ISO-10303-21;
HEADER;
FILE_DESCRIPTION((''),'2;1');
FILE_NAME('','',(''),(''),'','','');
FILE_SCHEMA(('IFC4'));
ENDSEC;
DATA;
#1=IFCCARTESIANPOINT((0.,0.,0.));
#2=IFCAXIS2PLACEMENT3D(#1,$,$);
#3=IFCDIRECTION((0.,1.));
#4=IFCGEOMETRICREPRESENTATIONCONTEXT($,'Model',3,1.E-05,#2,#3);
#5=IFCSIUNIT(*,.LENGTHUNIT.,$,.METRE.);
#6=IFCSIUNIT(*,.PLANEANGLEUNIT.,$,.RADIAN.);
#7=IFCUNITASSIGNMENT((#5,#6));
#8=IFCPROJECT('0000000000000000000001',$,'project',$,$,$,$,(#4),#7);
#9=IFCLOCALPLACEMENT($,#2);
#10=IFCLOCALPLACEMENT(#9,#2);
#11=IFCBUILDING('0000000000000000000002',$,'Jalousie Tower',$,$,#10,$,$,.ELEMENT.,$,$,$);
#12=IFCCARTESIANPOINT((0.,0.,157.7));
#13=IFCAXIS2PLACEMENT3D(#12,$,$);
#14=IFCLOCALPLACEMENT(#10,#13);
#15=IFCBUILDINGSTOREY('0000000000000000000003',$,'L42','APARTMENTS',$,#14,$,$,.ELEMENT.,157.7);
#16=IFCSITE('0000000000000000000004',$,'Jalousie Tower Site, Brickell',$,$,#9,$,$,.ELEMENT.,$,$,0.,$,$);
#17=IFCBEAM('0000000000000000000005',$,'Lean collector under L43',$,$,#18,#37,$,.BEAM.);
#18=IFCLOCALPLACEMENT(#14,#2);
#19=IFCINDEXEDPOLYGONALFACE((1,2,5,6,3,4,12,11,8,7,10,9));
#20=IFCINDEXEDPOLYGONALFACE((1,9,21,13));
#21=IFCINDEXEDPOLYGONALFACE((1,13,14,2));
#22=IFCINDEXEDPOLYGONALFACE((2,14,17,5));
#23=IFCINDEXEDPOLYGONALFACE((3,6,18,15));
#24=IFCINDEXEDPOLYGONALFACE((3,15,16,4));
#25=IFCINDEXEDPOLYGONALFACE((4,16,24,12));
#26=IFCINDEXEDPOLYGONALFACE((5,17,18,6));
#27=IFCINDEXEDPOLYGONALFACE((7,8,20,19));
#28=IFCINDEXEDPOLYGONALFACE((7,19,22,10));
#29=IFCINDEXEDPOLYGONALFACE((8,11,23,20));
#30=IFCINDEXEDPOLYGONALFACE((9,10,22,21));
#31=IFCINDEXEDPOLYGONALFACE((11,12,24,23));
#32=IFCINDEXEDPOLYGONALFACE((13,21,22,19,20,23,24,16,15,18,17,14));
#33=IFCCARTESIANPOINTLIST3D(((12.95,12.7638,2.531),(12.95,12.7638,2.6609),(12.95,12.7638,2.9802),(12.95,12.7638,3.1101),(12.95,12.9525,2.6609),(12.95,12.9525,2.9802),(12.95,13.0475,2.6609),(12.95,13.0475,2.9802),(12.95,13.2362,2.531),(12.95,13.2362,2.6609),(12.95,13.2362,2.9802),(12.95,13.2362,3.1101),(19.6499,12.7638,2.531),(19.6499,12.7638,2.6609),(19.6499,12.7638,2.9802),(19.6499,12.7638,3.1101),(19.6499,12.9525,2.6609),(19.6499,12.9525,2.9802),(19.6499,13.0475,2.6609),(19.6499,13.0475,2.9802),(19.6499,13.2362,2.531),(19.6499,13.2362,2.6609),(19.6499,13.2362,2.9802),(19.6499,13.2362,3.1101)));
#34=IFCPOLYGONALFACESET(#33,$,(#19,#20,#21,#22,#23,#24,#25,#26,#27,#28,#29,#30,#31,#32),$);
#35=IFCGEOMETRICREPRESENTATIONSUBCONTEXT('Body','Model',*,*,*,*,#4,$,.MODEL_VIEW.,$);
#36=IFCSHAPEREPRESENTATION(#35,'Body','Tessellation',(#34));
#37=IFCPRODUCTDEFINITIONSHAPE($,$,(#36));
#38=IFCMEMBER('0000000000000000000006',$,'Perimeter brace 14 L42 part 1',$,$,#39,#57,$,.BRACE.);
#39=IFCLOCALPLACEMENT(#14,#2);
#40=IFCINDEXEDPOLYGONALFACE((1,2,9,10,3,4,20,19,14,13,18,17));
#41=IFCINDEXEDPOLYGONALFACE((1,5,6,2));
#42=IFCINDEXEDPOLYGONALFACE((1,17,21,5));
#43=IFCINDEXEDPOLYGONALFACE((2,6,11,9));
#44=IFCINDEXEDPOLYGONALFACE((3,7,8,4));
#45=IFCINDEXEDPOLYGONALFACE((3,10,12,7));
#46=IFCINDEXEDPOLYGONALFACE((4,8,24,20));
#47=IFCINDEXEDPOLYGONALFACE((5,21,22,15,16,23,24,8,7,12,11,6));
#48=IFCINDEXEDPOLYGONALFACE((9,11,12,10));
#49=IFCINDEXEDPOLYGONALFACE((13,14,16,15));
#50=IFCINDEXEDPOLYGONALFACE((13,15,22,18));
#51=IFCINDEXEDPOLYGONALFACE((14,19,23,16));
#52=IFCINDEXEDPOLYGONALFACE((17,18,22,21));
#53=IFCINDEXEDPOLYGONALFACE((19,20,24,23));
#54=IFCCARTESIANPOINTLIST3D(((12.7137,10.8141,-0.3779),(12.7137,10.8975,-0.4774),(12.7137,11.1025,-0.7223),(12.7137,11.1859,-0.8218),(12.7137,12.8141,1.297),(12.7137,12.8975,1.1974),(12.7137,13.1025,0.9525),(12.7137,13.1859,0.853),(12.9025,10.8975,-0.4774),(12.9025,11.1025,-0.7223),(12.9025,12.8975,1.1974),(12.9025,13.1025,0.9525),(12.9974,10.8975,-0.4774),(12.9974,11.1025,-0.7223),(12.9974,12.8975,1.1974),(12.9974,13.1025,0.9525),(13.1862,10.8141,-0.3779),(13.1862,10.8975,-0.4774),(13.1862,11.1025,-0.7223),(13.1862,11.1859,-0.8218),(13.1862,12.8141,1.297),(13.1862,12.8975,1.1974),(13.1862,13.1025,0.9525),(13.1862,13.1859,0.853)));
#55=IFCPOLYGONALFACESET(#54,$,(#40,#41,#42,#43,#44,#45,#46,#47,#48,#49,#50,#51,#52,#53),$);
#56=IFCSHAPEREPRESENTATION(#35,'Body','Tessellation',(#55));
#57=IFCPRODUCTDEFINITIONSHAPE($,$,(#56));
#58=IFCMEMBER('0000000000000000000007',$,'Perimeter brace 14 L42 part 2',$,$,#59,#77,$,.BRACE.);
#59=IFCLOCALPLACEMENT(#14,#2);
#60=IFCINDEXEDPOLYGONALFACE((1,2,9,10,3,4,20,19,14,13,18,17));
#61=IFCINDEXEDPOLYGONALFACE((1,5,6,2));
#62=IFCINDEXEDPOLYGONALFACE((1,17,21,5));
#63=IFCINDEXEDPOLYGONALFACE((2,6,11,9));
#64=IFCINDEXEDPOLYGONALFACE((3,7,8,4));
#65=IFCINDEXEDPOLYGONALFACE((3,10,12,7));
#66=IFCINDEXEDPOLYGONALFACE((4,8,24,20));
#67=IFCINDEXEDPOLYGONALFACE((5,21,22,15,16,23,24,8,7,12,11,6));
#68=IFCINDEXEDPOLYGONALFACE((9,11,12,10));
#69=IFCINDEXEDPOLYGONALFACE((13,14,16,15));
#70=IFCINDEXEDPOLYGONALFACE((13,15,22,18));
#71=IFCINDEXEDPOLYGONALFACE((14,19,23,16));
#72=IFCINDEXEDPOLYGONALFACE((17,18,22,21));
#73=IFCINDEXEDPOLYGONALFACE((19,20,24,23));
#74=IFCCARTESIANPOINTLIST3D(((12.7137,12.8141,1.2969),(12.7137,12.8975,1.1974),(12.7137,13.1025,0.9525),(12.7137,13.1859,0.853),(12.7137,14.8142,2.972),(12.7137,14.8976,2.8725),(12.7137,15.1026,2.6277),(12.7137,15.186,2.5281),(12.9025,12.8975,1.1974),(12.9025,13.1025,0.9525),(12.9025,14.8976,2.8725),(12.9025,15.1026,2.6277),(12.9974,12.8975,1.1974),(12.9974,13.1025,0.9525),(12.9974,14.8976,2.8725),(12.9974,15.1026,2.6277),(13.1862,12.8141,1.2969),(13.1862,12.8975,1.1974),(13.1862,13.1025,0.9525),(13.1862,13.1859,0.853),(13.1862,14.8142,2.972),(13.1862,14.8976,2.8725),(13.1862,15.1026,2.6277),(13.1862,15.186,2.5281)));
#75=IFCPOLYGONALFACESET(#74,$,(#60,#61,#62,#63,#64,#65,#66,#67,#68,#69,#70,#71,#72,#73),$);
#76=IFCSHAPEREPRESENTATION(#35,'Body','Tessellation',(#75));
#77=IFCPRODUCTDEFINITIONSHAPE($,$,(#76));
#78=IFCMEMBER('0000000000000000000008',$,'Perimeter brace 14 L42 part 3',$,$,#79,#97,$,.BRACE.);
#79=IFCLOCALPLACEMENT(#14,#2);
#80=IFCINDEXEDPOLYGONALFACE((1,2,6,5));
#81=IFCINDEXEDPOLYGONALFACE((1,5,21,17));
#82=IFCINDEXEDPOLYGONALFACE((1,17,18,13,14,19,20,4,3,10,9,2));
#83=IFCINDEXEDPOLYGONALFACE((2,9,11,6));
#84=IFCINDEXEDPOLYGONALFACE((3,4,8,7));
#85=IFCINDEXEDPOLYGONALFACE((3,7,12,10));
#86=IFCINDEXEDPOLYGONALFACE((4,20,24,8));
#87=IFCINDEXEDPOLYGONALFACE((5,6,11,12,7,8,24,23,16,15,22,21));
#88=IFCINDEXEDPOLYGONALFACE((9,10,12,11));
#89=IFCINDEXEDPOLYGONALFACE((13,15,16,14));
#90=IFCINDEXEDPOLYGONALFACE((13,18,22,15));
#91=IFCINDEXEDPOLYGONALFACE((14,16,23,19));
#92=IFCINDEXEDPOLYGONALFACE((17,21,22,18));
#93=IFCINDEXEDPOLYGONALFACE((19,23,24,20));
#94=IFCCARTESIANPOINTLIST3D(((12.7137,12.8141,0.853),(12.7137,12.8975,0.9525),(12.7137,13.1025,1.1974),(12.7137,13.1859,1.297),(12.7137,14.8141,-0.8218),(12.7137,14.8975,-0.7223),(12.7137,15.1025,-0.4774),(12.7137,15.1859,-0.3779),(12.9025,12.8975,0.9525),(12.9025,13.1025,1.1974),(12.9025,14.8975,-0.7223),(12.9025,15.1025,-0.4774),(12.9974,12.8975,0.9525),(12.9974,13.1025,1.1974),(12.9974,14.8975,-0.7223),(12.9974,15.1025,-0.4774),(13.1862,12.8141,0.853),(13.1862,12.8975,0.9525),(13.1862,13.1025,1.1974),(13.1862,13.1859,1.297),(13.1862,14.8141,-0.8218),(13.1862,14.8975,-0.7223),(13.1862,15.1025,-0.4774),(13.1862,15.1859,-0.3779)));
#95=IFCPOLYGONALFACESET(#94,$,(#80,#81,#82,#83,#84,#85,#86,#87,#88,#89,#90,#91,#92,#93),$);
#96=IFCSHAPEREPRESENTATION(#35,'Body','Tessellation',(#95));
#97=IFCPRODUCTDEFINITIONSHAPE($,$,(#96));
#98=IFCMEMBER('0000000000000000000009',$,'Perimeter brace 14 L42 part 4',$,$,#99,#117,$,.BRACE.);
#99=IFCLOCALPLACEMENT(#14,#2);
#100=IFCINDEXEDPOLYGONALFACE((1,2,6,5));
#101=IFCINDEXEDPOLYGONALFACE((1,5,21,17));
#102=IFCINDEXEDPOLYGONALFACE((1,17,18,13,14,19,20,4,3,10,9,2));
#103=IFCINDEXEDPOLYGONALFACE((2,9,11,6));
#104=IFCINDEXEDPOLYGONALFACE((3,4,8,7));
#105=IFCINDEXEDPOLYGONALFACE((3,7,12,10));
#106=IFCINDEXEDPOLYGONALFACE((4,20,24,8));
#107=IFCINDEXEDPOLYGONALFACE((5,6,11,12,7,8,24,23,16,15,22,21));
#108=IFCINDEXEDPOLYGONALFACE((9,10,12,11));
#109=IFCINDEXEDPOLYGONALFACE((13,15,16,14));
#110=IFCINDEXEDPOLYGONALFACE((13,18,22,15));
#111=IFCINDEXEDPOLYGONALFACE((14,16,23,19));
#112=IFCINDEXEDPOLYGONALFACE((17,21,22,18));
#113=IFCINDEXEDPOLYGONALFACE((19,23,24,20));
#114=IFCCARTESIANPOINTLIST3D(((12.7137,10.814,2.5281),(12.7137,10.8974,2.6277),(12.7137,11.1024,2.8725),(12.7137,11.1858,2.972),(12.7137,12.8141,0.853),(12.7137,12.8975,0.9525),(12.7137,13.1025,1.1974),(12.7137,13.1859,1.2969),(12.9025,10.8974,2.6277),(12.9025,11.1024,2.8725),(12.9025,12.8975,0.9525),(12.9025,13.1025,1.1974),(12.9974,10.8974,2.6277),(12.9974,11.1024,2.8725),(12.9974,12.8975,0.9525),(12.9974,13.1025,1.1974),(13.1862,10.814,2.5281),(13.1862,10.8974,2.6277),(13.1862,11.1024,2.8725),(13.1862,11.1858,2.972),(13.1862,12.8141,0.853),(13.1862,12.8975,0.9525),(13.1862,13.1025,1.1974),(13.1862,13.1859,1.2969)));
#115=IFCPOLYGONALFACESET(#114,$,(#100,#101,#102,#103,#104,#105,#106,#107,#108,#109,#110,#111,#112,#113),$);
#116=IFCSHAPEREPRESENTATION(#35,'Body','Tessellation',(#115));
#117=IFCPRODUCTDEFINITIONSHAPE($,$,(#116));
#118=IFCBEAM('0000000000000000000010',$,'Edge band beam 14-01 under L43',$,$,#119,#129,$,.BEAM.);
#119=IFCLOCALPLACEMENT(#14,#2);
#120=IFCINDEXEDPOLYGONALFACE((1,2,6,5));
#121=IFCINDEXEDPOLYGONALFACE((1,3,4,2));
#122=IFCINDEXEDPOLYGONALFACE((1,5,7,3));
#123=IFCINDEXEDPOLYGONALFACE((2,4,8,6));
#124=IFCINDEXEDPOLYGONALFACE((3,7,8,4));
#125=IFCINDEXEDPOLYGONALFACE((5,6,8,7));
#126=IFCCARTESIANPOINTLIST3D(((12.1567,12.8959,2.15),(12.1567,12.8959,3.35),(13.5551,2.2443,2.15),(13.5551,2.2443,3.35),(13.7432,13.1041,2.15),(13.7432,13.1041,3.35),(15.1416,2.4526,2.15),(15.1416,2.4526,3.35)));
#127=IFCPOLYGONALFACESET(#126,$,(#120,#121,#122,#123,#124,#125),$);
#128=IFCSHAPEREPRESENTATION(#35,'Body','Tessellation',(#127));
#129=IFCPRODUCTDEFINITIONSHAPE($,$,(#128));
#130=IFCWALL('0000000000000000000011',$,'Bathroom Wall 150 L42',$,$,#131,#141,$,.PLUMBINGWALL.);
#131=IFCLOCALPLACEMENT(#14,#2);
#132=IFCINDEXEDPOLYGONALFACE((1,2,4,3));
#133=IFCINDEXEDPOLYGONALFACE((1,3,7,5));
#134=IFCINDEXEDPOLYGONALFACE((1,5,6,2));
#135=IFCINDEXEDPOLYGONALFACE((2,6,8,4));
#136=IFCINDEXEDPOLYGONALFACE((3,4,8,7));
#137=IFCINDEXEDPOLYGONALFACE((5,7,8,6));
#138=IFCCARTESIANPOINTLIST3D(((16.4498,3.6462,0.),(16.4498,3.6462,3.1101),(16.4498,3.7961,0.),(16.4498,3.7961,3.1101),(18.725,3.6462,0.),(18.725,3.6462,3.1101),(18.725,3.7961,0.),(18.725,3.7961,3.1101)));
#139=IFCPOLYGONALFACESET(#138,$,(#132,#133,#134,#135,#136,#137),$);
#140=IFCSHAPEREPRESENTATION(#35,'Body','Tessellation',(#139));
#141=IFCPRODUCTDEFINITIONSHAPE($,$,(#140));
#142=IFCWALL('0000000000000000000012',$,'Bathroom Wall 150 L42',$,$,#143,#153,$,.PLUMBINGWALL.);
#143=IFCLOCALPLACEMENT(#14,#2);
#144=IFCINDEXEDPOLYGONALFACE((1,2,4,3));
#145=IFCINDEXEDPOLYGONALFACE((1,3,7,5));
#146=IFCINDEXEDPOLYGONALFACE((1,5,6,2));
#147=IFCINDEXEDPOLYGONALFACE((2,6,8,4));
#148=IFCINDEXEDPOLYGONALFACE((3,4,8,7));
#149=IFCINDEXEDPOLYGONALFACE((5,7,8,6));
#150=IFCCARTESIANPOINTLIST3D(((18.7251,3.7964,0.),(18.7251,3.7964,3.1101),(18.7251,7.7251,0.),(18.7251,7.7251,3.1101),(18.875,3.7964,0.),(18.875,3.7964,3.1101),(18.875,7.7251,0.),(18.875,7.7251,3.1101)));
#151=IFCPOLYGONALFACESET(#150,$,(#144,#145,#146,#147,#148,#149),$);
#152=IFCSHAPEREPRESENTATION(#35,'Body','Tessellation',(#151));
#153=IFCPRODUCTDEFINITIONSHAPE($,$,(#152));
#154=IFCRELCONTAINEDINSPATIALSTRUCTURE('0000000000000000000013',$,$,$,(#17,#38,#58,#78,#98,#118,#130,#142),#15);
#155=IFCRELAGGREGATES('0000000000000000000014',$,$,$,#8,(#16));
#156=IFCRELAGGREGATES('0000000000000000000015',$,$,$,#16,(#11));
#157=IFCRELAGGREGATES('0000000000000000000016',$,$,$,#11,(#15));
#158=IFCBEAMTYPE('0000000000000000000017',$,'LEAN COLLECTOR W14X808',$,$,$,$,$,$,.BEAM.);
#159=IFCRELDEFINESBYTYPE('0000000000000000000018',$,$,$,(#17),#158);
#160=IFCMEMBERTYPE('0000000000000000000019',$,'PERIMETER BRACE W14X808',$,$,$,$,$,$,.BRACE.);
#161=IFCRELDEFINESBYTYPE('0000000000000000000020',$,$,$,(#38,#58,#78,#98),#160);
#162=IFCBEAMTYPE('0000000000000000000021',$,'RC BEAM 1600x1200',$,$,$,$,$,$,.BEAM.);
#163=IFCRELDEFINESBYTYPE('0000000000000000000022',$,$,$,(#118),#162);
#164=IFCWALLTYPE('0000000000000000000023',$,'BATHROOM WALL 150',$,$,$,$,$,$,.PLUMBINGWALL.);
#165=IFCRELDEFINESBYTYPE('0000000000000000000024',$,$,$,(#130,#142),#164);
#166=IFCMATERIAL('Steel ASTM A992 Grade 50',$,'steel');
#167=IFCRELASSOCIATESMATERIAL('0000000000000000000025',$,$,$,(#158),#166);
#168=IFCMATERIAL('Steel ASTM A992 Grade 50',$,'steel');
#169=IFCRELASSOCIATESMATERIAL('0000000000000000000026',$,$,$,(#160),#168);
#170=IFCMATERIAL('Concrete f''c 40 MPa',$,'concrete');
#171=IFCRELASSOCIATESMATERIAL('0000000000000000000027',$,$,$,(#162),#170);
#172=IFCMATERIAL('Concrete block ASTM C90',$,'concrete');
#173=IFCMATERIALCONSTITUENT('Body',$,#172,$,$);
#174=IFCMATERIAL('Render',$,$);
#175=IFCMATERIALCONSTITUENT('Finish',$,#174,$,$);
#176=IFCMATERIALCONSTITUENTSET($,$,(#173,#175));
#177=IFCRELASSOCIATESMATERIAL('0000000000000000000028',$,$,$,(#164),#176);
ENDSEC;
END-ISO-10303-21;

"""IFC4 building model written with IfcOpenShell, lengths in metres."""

from ifc_helpers import new_model, si_unit, direction, frame, frame_2d, origin, origin_2d, place, context, subcontext, project, spatial, rectangle, i_section, extrude, material, constituent, constituent_set, material_profile, profile_set, type_object, element, save


model = new_model("IFC4")

# Units and contexts
model_context = context("Model", 3, precision=1e-05, world=origin(), true_north=direction((0.0, 1.0)))
body_context = subcontext(model_context, "Body", "Model", "MODEL_VIEW")
ifc_project = project(units=[si_unit("LENGTHUNIT", "METRE"), si_unit("PLANEANGLEUNIT", "RADIAN")], contexts=[model_context])

# Site, building, storey
site_placement = place(None, origin())
site = spatial("IfcSite", under=ifc_project, at=site_placement, Name="Jalousie Tower Site, Brickell", CompositionType="ELEMENT", RefElevation=0.0)
building_placement = place(site_placement, origin())
building = spatial("IfcBuilding", under=site, at=building_placement, Name="Jalousie Tower", CompositionType="ELEMENT")
storey_placement = place(building_placement, frame((0.0, 0.0, 157.7)))
storey = spatial("IfcBuildingStorey", under=building, at=storey_placement, Name="L42", Description="APARTMENTS", CompositionType="ELEMENT", Elevation=157.7)

# Beam
ifc_material_1 = material(Name="Steel ASTM A992 Grade 50", Category="steel")
ifc_material_profile_1 = material_profile(ifc_material_1, i_section(OverallWidth=0.4724, OverallDepth=0.5791, WebThickness=0.095, FlangeThickness=0.1299, at=origin_2d()), Name="W14X808")
ifc_profile_set_1 = profile_set([ifc_material_profile_1], Name="Steel ASTM A992 Grade 50")
beam_type_1 = type_object("IfcBeamType", Name="LEAN COLLECTOR W14X808", PredefinedType="BEAM", material=ifc_profile_set_1)
beam_1_placement = place(storey_placement, frame((12.95, 13.0, 2.8206), z_axis=(1.0, 0.0, 0.0), x_axis=(0.0, 1.0, 0.0)))
element("IfcBeam", 1, at=beam_1_placement, inside=storey, type_object=beam_type_1, Name="Lean collector under L43", PredefinedType="BEAM", context=body_context, shape_type="SweptSolid", body=[
    extrude(i_section(OverallWidth=0.4724, OverallDepth=0.5791, WebThickness=0.095, FlangeThickness=0.1299, at=origin_2d()), origin(), (0.0, 0.0, 1.0), 6.7),
])

# Members
ifc_material_2 = material(Name="Steel ASTM A992 Grade 50", Category="steel")
ifc_material_profile_2 = material_profile(ifc_material_2, i_section(OverallWidth=0.4724, OverallDepth=0.5791, WebThickness=0.095, FlangeThickness=0.1299, at=origin_2d()), Name="W14X808")
ifc_profile_set_2 = profile_set([ifc_material_profile_2], Name="Steel ASTM A992 Grade 50")
member_type = type_object("IfcMemberType", Name="PERIMETER BRACE W14X808", PredefinedType="BRACE", material=ifc_profile_set_2)
member_1_placement = place(storey_placement, frame((12.95, 11.0, -0.5999), z_axis=(0.0, 0.766685, 0.642024), x_axis=(-1.0, 0.0, 0.0)))
element("IfcMember", 2, at=member_1_placement, inside=storey, type_object=member_type, Name="Perimeter brace 14 L42 part 1", PredefinedType="BRACE", context=body_context, shape_type="SweptSolid", body=[
    extrude(i_section(OverallWidth=0.4724, OverallDepth=0.5791, WebThickness=0.095, FlangeThickness=0.1299, at=origin_2d()), origin(), (0.0, 0.0, 1.0), 2.6086),
])
member_2_placement = place(storey_placement, frame((12.95, 13.0, 1.075), z_axis=(0.0, 0.766639, 0.642079), x_axis=(-1.0, 0.0, 0.0)))
element("IfcMember", 3, at=member_2_placement, inside=storey, type_object=member_type, Name="Perimeter brace 14 L42 part 2", PredefinedType="BRACE", context=body_context, shape_type="SweptSolid", body=[
    extrude(i_section(OverallWidth=0.4724, OverallDepth=0.5791, WebThickness=0.095, FlangeThickness=0.1299, at=origin_2d()), origin(), (0.0, 0.0, 1.0), 2.6089),
])
member_3_placement = place(storey_placement, frame((12.95, 15.0, -0.5999), z_axis=(0.0, -0.766685, 0.642024), x_axis=(1.0, 0.0, 0.0)))
element("IfcMember", 4, at=member_3_placement, inside=storey, type_object=member_type, Name="Perimeter brace 14 L42 part 3", PredefinedType="BRACE", context=body_context, shape_type="SweptSolid", body=[
    extrude(i_section(OverallWidth=0.4724, OverallDepth=0.5791, WebThickness=0.095, FlangeThickness=0.1299, at=origin_2d()), origin(), (0.0, 0.0, 1.0), 2.6086),
])
member_4_placement = place(storey_placement, frame((12.95, 13.0, 1.075), z_axis=(0.0, -0.766639, 0.642079), x_axis=(1.0, 0.0, 0.0)))
element("IfcMember", 5, at=member_4_placement, inside=storey, type_object=member_type, Name="Perimeter brace 14 L42 part 4", PredefinedType="BRACE", context=body_context, shape_type="SweptSolid", body=[
    extrude(i_section(OverallWidth=0.4724, OverallDepth=0.5791, WebThickness=0.095, FlangeThickness=0.1299, at=origin_2d()), origin(), (0.0, 0.0, 1.0), 2.6089),
])

# Beam
ifc_material_3 = material(Name="Concrete f'c 40 MPa", Category="concrete")
ifc_material_profile_3 = material_profile(ifc_material_3, rectangle(XDim=1.6001, YDim=1.2, at=origin_2d()), Name="RC 1600x1200")
ifc_profile_set_3 = profile_set([ifc_material_profile_3], Name="Concrete f'c 40 MPa")
beam_type_2 = type_object("IfcBeamType", Name="RC BEAM 1600x1200", PredefinedType="BEAM", material=ifc_profile_set_3)
beam_2_placement = place(storey_placement, frame((12.95, 13.0, 2.75), z_axis=(0.130172, -0.991491, 0.0), x_axis=(0.991491, 0.130172, 0.0)))
element("IfcBeam", 6, at=beam_2_placement, inside=storey, type_object=beam_type_2, Name="Edge band beam 14-01 under L43", PredefinedType="BEAM", context=body_context, shape_type="SweptSolid", body=[
    extrude(rectangle(XDim=1.6001, YDim=1.2, at=origin_2d()), origin(), (0.0, 0.0, 1.0), 10.7429),
])

# Walls
ifc_material_4 = material(Name="Concrete block ASTM C90", Category="concrete")
ifc_constituent_1 = constituent(ifc_material_4, Name="Body")
ifc_material_5 = material(Name="Render")
ifc_constituent_2 = constituent(ifc_material_5, Name="Finish")
ifc_constituent_set_1 = constituent_set(constituents=[ifc_constituent_1, ifc_constituent_2])
wall_type_1 = type_object("IfcWallType", Name="BATHROOM WALL 150", PredefinedType="PLUMBINGWALL", material=ifc_constituent_set_1)
wall_1_placement = place(storey_placement, frame((18.7251, 3.7212, 0.0), z_axis=(0.0, 0.0, 1.0), x_axis=(-1.0, 0.0, 0.0)))
element("IfcWall", 7, at=wall_1_placement, inside=storey, type_object=wall_type_1, Name="Bathroom Wall 150 L42", PredefinedType="PLUMBINGWALL", context=body_context, shape_type="SweptSolid", body=[
    extrude(rectangle(XDim=2.2751, YDim=0.1499, at=frame_2d((1.1377, 0.0))), origin(), (0.0, 0.0, 1.0), 3.1101),
])
wall_2_placement = place(storey_placement, frame((18.8, 3.7964, 0.0), z_axis=(0.0, 0.0, 1.0), x_axis=(0.0, 1.0, 0.0)))
element("IfcWall", 8, at=wall_2_placement, inside=storey, type_object=wall_type_1, Name="Bathroom Wall 150 L42", PredefinedType="PLUMBINGWALL", context=body_context, shape_type="SweptSolid", body=[
    extrude(rectangle(XDim=3.9287, YDim=0.1499, at=frame_2d((1.9644, 0.0))), origin(), (0.0, 0.0, 1.0), 3.1101),
])

save(model, "model.ifc")
